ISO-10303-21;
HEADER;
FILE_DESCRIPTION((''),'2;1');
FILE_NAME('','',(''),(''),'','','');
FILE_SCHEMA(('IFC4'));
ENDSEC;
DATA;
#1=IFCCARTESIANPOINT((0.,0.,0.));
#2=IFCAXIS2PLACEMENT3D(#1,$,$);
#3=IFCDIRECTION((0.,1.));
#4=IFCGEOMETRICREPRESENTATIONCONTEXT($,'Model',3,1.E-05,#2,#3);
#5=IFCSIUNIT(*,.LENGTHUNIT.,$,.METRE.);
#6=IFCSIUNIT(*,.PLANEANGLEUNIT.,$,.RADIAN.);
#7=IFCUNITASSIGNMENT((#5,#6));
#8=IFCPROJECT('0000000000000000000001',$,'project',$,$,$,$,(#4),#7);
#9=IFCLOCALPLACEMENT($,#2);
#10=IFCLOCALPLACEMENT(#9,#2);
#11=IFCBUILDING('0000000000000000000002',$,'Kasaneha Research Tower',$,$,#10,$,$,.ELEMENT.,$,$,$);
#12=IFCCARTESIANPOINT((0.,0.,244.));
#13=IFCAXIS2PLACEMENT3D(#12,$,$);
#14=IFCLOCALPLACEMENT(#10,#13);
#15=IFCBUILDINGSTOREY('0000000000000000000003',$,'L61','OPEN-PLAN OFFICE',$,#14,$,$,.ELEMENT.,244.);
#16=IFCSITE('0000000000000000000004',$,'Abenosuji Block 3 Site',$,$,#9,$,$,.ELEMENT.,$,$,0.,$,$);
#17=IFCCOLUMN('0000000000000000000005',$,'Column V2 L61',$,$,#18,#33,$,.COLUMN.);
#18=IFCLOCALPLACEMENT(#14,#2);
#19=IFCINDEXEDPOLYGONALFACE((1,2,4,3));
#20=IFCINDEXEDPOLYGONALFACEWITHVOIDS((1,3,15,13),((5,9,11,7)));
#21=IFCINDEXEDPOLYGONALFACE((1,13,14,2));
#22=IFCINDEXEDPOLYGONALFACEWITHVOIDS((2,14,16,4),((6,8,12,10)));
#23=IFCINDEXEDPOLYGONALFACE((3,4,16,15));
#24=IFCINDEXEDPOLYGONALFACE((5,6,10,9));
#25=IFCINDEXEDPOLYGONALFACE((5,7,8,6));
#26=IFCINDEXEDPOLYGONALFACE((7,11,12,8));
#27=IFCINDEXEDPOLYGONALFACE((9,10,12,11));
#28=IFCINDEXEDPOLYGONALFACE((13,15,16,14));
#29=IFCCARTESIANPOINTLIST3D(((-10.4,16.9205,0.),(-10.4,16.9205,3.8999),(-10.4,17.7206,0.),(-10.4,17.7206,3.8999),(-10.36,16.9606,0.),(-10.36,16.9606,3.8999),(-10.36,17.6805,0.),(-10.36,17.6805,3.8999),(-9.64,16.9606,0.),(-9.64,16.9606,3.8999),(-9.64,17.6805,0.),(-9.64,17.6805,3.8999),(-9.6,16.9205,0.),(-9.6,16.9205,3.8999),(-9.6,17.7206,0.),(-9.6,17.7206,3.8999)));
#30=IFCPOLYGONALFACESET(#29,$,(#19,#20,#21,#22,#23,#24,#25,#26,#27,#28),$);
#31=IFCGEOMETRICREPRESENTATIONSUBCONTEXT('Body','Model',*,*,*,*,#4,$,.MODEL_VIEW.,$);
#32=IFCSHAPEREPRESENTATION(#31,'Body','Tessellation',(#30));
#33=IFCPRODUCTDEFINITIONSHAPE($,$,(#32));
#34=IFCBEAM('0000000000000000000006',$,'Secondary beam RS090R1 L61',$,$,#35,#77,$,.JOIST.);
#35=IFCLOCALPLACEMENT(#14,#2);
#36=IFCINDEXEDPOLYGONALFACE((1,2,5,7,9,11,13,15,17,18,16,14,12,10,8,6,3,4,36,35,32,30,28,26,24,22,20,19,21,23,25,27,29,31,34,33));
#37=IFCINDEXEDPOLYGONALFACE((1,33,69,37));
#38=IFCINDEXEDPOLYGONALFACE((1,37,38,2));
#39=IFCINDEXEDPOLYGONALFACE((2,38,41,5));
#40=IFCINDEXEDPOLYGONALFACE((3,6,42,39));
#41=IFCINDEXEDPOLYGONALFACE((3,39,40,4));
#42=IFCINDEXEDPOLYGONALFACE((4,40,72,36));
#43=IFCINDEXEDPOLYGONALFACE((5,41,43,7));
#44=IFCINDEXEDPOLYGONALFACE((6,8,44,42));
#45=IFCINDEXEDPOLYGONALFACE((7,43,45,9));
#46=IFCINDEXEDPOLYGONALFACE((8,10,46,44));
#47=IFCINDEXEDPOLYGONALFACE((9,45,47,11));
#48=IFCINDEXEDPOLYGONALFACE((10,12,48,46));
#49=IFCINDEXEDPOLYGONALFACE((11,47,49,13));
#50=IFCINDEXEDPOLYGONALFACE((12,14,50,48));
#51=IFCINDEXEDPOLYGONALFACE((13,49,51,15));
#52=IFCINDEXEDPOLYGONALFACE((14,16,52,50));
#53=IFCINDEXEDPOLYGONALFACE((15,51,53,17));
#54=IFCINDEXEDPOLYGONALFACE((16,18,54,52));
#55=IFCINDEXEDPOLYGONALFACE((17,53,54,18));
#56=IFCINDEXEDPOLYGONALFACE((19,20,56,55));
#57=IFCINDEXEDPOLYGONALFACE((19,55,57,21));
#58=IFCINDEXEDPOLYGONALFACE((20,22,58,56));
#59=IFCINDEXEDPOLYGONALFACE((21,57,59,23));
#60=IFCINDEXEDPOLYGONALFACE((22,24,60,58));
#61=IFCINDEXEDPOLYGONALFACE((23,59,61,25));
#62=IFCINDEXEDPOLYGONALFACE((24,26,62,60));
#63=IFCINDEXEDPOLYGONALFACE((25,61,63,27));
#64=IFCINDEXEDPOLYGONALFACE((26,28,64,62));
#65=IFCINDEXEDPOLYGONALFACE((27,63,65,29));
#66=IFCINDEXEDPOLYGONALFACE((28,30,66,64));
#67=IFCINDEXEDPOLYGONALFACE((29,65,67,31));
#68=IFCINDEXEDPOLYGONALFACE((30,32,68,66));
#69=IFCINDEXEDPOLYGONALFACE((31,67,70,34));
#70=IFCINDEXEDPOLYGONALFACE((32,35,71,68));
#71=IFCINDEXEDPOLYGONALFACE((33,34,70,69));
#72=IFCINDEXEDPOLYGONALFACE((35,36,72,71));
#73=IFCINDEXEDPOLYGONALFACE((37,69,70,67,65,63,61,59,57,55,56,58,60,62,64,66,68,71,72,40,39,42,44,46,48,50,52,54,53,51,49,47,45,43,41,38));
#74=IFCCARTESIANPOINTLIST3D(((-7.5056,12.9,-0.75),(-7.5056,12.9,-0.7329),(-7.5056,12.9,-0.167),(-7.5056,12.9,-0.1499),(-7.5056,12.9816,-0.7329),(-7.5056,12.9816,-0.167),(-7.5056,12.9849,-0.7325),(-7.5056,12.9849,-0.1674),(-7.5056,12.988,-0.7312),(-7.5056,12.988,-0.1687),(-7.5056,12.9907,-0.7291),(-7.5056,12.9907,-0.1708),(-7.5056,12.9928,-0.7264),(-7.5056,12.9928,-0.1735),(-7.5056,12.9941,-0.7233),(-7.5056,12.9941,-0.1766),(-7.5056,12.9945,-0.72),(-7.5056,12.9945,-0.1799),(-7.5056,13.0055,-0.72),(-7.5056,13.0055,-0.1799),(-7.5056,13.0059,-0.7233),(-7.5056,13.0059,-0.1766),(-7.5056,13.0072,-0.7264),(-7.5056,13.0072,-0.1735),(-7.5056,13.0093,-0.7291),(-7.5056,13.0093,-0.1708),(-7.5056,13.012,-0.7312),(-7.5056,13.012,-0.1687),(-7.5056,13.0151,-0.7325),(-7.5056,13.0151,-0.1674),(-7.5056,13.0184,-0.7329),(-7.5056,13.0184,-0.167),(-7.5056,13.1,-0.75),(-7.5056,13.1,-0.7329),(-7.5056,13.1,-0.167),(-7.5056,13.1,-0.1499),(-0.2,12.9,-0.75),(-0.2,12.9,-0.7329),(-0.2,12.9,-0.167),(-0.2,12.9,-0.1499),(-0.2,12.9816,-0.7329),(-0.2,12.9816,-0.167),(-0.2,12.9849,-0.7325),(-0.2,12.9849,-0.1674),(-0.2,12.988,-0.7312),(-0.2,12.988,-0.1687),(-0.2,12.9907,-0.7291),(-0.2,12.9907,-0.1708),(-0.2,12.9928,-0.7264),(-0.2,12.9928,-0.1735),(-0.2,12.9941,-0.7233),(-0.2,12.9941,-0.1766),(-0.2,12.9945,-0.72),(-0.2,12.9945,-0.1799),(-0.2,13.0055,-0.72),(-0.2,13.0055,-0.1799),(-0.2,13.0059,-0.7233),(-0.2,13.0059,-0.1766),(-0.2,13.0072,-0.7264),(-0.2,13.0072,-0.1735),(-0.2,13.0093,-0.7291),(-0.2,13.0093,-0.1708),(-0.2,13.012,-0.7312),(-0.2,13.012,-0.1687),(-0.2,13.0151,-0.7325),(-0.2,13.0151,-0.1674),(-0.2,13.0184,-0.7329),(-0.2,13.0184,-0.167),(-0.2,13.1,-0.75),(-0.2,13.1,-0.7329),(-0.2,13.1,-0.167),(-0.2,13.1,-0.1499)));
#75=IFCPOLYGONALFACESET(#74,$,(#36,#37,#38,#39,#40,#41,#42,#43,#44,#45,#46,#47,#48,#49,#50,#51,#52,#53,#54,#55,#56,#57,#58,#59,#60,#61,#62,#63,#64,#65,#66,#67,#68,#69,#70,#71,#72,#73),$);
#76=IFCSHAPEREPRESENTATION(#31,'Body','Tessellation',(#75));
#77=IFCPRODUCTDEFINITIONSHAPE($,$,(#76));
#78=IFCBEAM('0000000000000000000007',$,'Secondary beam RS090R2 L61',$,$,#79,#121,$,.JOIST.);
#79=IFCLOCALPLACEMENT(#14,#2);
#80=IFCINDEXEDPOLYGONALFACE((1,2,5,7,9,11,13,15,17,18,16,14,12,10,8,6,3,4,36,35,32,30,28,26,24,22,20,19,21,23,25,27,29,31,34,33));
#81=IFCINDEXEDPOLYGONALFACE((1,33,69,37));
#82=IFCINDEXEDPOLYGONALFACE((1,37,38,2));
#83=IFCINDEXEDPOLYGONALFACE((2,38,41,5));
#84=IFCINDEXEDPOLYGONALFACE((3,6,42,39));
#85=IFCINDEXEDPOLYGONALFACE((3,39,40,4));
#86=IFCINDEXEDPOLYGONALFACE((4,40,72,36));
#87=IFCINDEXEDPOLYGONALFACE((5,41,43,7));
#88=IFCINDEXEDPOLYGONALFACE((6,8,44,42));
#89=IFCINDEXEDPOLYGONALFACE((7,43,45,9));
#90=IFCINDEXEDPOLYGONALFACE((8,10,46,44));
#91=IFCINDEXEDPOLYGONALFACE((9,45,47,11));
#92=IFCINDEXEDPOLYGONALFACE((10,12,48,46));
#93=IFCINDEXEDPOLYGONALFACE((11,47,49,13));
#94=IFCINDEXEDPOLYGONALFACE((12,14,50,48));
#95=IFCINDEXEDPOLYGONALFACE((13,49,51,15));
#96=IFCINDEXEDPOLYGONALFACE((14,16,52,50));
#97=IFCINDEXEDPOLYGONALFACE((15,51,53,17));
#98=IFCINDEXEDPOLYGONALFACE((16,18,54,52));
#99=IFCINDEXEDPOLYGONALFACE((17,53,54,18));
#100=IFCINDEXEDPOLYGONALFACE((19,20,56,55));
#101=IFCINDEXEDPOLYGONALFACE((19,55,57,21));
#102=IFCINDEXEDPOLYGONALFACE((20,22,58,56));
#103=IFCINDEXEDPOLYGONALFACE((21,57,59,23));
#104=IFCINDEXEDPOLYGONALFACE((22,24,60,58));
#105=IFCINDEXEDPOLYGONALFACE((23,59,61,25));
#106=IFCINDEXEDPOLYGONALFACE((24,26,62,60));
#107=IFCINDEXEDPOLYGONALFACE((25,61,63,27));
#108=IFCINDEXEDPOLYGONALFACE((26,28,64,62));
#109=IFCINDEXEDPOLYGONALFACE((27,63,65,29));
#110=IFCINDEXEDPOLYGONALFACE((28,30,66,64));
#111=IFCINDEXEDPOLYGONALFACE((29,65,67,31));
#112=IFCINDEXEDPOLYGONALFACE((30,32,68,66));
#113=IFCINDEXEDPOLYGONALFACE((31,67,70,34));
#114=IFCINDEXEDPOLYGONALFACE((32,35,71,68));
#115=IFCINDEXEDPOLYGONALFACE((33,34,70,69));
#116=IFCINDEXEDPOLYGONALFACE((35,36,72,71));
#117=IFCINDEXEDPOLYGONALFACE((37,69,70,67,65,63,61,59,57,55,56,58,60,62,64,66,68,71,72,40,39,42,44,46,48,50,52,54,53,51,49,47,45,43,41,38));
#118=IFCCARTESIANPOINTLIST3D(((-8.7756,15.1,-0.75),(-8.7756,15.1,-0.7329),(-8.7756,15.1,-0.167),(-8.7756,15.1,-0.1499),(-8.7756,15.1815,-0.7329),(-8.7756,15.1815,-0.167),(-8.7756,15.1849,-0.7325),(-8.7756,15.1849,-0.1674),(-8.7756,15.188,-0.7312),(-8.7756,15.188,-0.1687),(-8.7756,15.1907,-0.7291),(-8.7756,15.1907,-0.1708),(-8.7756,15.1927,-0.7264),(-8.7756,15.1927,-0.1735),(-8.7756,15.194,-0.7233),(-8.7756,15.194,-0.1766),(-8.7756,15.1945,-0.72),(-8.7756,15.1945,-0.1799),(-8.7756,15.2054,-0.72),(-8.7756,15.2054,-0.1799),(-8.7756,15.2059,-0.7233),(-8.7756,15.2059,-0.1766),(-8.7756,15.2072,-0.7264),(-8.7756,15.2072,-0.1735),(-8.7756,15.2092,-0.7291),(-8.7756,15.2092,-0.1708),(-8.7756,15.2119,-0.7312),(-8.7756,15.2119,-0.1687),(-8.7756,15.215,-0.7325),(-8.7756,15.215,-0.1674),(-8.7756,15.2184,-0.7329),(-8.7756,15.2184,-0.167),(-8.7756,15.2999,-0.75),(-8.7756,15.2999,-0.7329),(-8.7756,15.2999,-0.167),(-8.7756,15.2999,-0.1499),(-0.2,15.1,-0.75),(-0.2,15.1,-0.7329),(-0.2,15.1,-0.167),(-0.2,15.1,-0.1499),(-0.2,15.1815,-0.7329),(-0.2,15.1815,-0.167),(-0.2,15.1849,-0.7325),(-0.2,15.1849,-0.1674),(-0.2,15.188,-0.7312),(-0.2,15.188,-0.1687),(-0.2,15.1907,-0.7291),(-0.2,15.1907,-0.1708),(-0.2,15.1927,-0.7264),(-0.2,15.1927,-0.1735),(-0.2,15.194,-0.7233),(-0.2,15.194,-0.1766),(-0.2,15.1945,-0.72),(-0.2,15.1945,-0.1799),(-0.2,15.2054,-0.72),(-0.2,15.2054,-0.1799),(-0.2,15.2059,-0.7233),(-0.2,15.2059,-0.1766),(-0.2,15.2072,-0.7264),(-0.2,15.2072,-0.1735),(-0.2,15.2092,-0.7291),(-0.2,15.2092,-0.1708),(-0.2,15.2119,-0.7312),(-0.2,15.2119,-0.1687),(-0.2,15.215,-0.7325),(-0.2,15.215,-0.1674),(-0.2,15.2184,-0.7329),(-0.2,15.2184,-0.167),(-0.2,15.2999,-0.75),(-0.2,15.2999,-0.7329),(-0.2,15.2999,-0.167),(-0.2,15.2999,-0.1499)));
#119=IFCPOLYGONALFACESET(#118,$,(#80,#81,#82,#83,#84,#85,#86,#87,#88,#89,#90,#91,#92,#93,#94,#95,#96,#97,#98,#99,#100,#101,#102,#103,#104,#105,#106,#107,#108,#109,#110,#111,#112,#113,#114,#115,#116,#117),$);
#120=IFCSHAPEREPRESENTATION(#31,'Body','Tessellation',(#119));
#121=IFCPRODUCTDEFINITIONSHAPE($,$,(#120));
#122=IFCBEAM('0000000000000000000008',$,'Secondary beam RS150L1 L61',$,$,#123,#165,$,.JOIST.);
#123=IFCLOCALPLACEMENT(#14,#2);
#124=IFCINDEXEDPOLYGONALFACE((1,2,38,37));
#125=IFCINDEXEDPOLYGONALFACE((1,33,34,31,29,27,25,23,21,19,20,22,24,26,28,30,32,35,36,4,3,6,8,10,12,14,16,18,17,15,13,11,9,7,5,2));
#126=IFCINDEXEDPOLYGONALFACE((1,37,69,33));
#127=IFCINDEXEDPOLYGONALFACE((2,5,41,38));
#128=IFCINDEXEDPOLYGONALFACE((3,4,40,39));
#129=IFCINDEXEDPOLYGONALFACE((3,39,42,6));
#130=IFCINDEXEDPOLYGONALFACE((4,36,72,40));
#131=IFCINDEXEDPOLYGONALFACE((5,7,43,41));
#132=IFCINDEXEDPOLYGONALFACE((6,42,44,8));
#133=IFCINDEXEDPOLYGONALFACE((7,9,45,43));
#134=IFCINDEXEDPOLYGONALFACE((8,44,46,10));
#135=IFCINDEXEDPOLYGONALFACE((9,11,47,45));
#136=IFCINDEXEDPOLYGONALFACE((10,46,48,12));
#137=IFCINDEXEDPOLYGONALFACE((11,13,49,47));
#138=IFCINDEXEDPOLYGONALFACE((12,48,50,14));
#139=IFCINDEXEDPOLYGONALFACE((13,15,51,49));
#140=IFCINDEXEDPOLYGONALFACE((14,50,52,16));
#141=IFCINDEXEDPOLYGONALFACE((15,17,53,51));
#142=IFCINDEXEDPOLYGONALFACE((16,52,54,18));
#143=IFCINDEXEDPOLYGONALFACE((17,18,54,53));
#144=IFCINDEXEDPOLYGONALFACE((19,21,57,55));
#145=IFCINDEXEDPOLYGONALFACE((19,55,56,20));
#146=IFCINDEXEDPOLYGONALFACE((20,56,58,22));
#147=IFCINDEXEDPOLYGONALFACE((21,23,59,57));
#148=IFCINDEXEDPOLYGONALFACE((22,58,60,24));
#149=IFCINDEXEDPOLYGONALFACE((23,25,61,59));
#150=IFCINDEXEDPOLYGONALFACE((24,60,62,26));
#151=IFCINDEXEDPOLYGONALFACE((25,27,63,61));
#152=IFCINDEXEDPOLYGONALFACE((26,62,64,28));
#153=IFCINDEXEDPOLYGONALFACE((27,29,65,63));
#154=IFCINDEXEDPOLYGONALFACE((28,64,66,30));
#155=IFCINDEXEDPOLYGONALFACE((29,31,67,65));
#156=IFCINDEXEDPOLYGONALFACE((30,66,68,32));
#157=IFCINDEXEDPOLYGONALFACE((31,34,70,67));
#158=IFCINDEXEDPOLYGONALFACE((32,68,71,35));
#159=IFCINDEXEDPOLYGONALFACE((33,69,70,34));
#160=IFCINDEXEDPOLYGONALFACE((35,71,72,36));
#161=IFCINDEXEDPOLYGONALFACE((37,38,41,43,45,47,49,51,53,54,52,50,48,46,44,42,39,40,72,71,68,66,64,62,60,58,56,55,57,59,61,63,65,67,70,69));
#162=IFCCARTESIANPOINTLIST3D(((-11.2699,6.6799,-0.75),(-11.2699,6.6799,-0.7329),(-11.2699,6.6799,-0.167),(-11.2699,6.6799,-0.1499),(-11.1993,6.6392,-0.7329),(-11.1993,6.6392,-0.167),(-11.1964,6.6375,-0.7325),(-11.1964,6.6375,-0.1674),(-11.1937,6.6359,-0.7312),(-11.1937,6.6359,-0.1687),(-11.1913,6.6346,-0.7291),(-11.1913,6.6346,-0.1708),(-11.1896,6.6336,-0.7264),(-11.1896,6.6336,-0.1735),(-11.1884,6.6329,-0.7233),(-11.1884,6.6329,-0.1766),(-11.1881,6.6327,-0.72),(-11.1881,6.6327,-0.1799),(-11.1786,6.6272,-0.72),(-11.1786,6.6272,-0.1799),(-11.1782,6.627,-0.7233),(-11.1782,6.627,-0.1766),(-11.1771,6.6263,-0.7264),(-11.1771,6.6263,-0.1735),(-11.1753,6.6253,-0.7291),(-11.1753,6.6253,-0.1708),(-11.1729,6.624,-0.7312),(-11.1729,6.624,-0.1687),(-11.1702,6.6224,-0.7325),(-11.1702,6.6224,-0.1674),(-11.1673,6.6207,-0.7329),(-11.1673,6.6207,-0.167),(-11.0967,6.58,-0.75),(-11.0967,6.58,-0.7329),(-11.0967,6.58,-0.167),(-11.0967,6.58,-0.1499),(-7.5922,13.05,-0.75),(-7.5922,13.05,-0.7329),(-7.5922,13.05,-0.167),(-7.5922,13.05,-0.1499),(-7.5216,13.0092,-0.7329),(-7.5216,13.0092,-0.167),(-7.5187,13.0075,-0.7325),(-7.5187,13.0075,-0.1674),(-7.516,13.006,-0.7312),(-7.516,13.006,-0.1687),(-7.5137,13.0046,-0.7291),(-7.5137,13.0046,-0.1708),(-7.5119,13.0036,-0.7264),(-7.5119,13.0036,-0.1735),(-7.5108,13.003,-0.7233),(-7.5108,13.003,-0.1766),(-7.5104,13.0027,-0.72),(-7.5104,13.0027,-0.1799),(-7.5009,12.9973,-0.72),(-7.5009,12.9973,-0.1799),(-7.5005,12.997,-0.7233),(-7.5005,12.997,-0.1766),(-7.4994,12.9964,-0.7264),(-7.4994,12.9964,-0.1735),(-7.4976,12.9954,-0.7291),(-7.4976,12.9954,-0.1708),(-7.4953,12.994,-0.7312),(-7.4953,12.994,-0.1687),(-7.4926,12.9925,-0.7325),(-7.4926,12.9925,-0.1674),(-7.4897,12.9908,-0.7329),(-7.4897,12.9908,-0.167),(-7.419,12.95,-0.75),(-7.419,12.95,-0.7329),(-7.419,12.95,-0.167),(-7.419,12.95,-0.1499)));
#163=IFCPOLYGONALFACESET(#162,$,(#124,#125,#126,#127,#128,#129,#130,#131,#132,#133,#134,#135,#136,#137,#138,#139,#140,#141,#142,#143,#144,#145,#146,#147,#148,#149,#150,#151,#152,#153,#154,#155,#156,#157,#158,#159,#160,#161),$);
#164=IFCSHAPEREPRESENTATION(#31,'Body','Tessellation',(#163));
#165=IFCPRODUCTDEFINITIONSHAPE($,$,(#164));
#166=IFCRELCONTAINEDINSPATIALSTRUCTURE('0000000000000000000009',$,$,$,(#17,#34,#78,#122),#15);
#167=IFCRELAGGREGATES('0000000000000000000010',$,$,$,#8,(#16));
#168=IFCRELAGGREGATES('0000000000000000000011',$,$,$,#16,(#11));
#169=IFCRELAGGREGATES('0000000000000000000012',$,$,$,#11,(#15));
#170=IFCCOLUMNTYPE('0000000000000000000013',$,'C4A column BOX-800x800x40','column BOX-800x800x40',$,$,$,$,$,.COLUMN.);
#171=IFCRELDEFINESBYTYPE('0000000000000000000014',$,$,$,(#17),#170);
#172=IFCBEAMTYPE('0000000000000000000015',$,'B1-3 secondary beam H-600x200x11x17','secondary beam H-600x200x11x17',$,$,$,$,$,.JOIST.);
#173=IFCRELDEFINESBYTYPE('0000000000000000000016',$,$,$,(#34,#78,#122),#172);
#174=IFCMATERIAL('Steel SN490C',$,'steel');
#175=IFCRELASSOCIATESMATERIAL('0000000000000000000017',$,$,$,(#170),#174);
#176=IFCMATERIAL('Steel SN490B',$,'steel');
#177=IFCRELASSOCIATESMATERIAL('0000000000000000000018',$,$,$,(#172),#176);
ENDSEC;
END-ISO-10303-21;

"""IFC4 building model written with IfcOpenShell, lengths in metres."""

from ifc_helpers import new_model, si_unit, direction, frame, origin, origin_2d, place, context, subcontext, project, spatial, hollow_rectangle, i_section, extrude, material, material_profile, profile_set, type_object, element, save


model = new_model("IFC4")

# Units and contexts
model_context = context("Model", 3, precision=1e-05, world=origin(), true_north=direction((0.0, 1.0)))
body_context = subcontext(model_context, "Body", "Model", "MODEL_VIEW")
ifc_project = project(units=[si_unit("LENGTHUNIT", "METRE"), si_unit("PLANEANGLEUNIT", "RADIAN")], contexts=[model_context])

# Site, building, storey
site_placement = place(None, origin())
site = spatial("IfcSite", under=ifc_project, at=site_placement, Name="Abenosuji Block 3 Site", CompositionType="ELEMENT", RefElevation=0.0)
building_placement = place(site_placement, origin())
building = spatial("IfcBuilding", under=site, at=building_placement, Name="Kasaneha Research Tower", CompositionType="ELEMENT")
storey_placement = place(building_placement, frame((0.0, 0.0, 244.0)))
storey = spatial("IfcBuildingStorey", under=building, at=storey_placement, Name="L61", Description="OPEN-PLAN OFFICE", CompositionType="ELEMENT", Elevation=244.0)

# Column
ifc_material_1 = material(Name="Steel SN490C", Category="steel")
ifc_material_profile_1 = material_profile(ifc_material_1, hollow_rectangle(XDim=0.8, YDim=0.8, WallThickness=0.04, at=origin_2d()), Name="BOX-800x800x40")
ifc_profile_set_1 = profile_set([ifc_material_profile_1], Name="Steel SN490C")
column_type = type_object("IfcColumnType", Name="C4A column BOX-800x800x40", Description="column BOX-800x800x40", PredefinedType="COLUMN", material=ifc_profile_set_1)
column_placement = place(storey_placement, frame((-10.0, 17.3206, 0.0), z_axis=(0.0, 0.0, 1.0), x_axis=(1.0, 0.0, 0.0)))
element("IfcColumn", 1, at=column_placement, inside=storey, type_object=column_type, Name="Column V2 L61", PredefinedType="COLUMN", context=body_context, shape_type="SweptSolid", body=[
    extrude(hollow_rectangle(XDim=0.8, YDim=0.8, WallThickness=0.04, at=origin_2d()), origin(), (0.0, 0.0, 1.0), 3.8999),
])

# Beams
ifc_material_2 = material(Name="Steel SN490B", Category="steel")
ifc_material_profile_2 = material_profile(ifc_material_2, i_section(OverallWidth=0.2, OverallDepth=0.6001, WebThickness=0.011, FlangeThickness=0.0171, FilletRadius=0.0129, at=origin_2d()), Name="H-600x200x11x17")
ifc_profile_set_2 = profile_set([ifc_material_profile_2], Name="Steel SN490B")
beam_type_1 = type_object("IfcBeamType", Name="B1-3 secondary beam H-600x200x11x17", Description="secondary beam H-600x200x11x17", PredefinedType="JOIST", material=ifc_profile_set_2)
beam_1_placement = place(storey_placement, frame((-7.5056, 13.0, -0.45), z_axis=(1.0, 0.0, 0.0), x_axis=(0.0, 1.0, 0.0)))
element("IfcBeam", 2, at=beam_1_placement, inside=storey, type_object=beam_type_1, Name="Secondary beam RS090R1 L61", PredefinedType="JOIST", context=body_context, shape_type="SweptSolid", body=[
    extrude(i_section(OverallWidth=0.2, OverallDepth=0.6001, WebThickness=0.011, FlangeThickness=0.0171, FilletRadius=0.0129, at=origin_2d()), origin(), (0.0, 0.0, 1.0), 7.3057),
])
beam_2_placement = place(storey_placement, frame((-8.7756, 15.2, -0.45), z_axis=(1.0, 0.0, 0.0), x_axis=(0.0, 1.0, 0.0)))
element("IfcBeam", 3, at=beam_2_placement, inside=storey, type_object=beam_type_1, Name="Secondary beam RS090R2 L61", PredefinedType="JOIST", context=body_context, shape_type="SweptSolid", body=[
    extrude(i_section(OverallWidth=0.2, OverallDepth=0.6001, WebThickness=0.011, FlangeThickness=0.0171, FilletRadius=0.0129, at=origin_2d()), origin(), (0.0, 0.0, 1.0), 8.5757),
])
beam_3_placement = place(storey_placement, frame((-7.5056, 13.0, -0.45), z_axis=(-0.499994, -0.866029, 0.0), x_axis=(0.866029, -0.499994, 0.0)))
element("IfcBeam", 4, at=beam_3_placement, inside=storey, type_object=beam_type_1, Name="Secondary beam RS150L1 L61", PredefinedType="JOIST", context=body_context, shape_type="SweptSolid", body=[
    extrude(i_section(OverallWidth=0.2, OverallDepth=0.6001, WebThickness=0.011, FlangeThickness=0.0171, FilletRadius=0.0129, at=origin_2d()), origin(), (0.0, 0.0, 1.0), 7.3555),
])

save(model, "model.ifc")
